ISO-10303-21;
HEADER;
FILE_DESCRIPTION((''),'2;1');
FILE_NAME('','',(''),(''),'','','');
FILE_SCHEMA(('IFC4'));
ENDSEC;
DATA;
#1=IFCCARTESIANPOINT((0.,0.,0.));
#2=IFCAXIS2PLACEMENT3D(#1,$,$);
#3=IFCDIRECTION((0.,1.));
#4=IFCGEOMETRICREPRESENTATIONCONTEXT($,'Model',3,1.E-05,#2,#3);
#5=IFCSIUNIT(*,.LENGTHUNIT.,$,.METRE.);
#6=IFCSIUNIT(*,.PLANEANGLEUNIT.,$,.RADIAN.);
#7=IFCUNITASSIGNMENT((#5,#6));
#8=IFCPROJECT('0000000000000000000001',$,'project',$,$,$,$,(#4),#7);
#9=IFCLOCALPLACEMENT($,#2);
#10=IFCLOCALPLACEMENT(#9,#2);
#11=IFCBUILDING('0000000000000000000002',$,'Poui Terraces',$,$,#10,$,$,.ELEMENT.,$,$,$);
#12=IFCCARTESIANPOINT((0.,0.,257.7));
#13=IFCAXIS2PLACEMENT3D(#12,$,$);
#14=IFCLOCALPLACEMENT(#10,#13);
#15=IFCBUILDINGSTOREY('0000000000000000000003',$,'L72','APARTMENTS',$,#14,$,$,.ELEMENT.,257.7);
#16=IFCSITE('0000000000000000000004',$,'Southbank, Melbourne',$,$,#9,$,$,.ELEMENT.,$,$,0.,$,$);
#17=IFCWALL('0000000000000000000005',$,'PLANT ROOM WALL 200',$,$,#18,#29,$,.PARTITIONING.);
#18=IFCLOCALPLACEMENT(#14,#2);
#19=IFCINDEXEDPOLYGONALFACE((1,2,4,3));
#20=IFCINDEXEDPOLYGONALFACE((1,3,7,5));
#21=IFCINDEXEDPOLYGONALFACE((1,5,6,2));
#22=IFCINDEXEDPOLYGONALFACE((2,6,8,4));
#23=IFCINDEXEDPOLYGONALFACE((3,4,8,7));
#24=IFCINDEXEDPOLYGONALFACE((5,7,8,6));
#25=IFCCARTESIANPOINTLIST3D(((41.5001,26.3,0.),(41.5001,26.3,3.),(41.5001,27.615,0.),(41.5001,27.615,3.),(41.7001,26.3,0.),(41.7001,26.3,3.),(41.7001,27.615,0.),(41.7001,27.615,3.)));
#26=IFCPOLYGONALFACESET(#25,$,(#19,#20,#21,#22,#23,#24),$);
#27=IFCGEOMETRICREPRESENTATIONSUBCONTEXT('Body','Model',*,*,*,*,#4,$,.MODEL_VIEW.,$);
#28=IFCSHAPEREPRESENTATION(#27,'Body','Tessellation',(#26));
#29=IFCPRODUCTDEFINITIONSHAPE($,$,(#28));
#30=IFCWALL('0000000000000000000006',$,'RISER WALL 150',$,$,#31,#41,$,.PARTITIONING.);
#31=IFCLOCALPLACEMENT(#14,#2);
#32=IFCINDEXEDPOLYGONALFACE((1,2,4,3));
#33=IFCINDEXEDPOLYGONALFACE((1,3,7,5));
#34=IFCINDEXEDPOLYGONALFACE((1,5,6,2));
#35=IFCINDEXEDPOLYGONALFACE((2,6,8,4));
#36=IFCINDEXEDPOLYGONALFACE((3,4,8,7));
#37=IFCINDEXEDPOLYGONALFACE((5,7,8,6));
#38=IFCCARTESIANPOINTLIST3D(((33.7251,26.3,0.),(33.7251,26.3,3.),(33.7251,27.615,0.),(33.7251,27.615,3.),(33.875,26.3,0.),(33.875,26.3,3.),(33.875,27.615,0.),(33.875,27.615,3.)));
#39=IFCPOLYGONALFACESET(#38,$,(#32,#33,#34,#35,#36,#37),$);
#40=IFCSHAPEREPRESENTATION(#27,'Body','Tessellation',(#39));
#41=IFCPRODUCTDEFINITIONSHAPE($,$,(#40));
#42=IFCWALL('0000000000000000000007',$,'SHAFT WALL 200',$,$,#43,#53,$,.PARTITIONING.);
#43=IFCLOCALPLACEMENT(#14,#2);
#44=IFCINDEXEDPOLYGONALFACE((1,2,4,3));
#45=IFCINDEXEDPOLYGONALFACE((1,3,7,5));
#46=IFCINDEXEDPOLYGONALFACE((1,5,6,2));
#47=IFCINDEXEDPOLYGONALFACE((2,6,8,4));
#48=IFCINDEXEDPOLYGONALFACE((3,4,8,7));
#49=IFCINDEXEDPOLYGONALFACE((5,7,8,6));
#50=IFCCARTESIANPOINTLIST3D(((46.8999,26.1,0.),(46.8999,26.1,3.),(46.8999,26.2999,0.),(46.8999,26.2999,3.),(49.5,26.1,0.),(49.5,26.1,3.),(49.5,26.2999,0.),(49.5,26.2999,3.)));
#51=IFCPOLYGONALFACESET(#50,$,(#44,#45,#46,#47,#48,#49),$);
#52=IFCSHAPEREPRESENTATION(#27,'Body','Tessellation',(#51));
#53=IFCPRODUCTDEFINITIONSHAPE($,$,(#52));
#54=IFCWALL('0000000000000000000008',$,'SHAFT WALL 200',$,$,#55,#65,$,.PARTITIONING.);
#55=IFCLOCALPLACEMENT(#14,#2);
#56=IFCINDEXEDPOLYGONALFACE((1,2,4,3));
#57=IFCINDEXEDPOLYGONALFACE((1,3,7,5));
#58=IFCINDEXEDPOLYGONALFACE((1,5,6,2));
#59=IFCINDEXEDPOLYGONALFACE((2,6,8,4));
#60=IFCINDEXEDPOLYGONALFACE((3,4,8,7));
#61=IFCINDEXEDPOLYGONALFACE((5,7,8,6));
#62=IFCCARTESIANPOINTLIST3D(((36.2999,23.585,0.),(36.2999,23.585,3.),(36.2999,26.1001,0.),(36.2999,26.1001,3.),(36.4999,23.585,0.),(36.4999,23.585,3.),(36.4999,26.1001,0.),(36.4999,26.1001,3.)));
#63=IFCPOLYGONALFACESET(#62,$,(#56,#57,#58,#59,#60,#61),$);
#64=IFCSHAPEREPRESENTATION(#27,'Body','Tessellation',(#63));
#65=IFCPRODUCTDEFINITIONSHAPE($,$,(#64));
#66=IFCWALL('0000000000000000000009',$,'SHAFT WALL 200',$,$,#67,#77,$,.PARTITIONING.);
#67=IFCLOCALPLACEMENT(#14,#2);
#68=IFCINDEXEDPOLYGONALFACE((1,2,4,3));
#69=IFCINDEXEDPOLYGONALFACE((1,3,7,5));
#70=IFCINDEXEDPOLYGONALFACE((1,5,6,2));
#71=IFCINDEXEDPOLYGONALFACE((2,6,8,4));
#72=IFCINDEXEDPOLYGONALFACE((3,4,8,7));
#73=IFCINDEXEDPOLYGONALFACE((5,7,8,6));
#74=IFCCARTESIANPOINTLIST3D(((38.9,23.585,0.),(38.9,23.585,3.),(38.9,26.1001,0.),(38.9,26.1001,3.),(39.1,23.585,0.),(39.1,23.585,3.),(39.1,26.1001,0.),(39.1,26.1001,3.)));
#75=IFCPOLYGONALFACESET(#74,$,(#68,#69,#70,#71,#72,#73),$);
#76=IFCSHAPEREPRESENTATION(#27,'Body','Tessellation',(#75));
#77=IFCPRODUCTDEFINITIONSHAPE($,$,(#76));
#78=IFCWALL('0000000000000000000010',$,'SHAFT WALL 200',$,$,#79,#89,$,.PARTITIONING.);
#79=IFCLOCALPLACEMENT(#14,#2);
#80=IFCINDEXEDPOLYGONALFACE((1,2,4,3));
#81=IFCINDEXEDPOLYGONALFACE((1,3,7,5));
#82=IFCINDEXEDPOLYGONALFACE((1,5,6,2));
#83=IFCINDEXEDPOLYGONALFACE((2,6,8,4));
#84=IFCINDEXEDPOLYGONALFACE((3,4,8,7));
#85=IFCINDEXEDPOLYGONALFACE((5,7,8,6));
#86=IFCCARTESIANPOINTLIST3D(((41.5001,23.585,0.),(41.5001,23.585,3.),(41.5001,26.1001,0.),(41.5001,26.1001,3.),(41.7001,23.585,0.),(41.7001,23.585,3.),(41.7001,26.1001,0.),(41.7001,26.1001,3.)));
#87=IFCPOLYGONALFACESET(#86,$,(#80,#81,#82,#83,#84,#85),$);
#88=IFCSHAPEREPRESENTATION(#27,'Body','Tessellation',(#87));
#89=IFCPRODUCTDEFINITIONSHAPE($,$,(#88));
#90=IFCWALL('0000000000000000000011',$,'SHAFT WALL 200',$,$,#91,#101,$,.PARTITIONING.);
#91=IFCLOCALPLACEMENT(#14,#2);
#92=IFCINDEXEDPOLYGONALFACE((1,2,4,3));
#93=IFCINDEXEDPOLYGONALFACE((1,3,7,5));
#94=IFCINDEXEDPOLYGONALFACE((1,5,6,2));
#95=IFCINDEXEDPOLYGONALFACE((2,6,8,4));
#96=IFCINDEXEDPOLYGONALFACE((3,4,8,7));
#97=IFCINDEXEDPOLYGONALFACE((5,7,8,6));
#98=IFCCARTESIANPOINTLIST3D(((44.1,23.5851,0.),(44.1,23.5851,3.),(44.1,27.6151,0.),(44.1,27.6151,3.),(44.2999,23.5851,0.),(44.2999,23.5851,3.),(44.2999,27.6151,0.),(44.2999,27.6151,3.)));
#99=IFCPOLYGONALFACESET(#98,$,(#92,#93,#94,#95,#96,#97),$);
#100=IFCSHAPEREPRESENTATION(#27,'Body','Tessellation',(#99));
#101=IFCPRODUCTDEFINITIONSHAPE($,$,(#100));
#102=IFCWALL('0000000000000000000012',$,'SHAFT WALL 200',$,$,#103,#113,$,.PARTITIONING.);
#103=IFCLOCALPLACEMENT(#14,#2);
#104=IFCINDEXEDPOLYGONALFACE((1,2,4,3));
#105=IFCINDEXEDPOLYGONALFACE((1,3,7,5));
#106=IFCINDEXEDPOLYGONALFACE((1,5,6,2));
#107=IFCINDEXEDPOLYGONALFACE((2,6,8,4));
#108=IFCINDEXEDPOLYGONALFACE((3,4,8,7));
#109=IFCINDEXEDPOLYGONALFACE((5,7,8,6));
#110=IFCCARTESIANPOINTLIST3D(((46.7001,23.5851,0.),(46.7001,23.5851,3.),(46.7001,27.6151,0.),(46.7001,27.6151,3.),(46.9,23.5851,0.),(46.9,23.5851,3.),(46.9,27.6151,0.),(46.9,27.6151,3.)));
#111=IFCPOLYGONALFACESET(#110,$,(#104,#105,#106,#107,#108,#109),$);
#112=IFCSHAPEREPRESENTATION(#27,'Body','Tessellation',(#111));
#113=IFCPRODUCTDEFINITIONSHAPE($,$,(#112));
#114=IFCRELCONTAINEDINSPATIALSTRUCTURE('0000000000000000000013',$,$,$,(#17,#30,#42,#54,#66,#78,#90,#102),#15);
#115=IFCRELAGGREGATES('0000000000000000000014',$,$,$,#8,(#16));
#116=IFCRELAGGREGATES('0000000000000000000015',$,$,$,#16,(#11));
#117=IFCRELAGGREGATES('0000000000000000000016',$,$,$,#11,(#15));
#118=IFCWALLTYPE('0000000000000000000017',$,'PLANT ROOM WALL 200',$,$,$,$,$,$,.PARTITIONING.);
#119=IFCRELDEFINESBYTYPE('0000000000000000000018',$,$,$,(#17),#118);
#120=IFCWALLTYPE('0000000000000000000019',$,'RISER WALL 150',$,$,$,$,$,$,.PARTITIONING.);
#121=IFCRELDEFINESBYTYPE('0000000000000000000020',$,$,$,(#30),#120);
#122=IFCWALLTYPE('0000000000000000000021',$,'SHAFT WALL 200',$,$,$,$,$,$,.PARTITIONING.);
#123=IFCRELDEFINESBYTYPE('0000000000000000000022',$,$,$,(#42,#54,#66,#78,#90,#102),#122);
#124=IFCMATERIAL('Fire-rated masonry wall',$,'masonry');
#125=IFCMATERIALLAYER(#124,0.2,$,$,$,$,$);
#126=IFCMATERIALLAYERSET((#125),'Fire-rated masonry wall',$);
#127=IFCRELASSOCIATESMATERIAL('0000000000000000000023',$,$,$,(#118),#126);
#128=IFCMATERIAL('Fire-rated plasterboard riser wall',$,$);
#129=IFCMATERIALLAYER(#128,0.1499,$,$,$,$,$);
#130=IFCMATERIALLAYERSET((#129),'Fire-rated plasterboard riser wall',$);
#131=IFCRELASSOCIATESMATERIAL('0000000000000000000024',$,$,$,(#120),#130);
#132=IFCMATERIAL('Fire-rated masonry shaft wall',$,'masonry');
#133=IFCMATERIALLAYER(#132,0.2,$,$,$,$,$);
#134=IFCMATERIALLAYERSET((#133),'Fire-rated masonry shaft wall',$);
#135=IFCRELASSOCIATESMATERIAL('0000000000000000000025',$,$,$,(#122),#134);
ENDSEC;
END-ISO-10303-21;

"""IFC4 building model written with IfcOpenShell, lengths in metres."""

from ifc_helpers import new_model, si_unit, direction, frame, frame_2d, origin, place, context, subcontext, project, spatial, rectangle, extrude, material, layer, layer_set, type_object, element, save


model = new_model("IFC4")

# Units and contexts
model_context = context("Model", 3, precision=1e-05, world=origin(), true_north=direction((0.0, 1.0)))
body_context = subcontext(model_context, "Body", "Model", "MODEL_VIEW")
ifc_project = project(units=[si_unit("LENGTHUNIT", "METRE"), si_unit("PLANEANGLEUNIT", "RADIAN")], contexts=[model_context])

# Site, building, storey
site_placement = place(None, origin())
site = spatial("IfcSite", under=ifc_project, at=site_placement, Name="Southbank, Melbourne", CompositionType="ELEMENT", RefElevation=0.0)
building_placement = place(site_placement, origin())
building = spatial("IfcBuilding", under=site, at=building_placement, Name="Poui Terraces", CompositionType="ELEMENT")
storey_placement = place(building_placement, frame((0.0, 0.0, 257.7)))
storey = spatial("IfcBuildingStorey", under=building, at=storey_placement, Name="L72", Description="APARTMENTS", CompositionType="ELEMENT", Elevation=257.7)

# Walls
ifc_material_1 = material(Name="Fire-rated masonry wall", Category="masonry")
ifc_layer_1 = layer(ifc_material_1, 0.2)
ifc_layer_set_1 = layer_set([ifc_layer_1], Name="Fire-rated masonry wall")
wall_type_1 = type_object("IfcWallType", Name="PLANT ROOM WALL 200", PredefinedType="PARTITIONING", material=ifc_layer_set_1)
wall_1_placement = place(storey_placement, frame((41.6001, 26.3, 0.0), z_axis=(0.0, 0.0, 1.0), x_axis=(0.0, 1.0, 0.0)))
element("IfcWall", 1, at=wall_1_placement, inside=storey, type_object=wall_type_1, Name="PLANT ROOM WALL 200", PredefinedType="PARTITIONING", context=body_context, shape_type="SweptSolid", body=[
    extrude(rectangle(XDim=1.3149, YDim=0.2, at=frame_2d((0.6575, 0.0))), origin(), (0.0, 0.0, 1.0), 3.0),
])
ifc_material_2 = material(Name="Fire-rated plasterboard riser wall")
ifc_layer_2 = layer(ifc_material_2, 0.1499)
ifc_layer_set_2 = layer_set([ifc_layer_2], Name="Fire-rated plasterboard riser wall")
wall_type_2 = type_object("IfcWallType", Name="RISER WALL 150", PredefinedType="PARTITIONING", material=ifc_layer_set_2)
wall_2_placement = place(storey_placement, frame((33.8, 26.3, 0.0), z_axis=(0.0, 0.0, 1.0), x_axis=(0.0, 1.0, 0.0)))
element("IfcWall", 2, at=wall_2_placement, inside=storey, type_object=wall_type_2, Name="RISER WALL 150", PredefinedType="PARTITIONING", context=body_context, shape_type="SweptSolid", body=[
    extrude(rectangle(XDim=1.3149, YDim=0.1499, at=frame_2d((0.6575, 0.0))), origin(), (0.0, 0.0, 1.0), 3.0),
])
ifc_material_3 = material(Name="Fire-rated masonry shaft wall", Category="masonry")
ifc_layer_3 = layer(ifc_material_3, 0.2)
ifc_layer_set_3 = layer_set([ifc_layer_3], Name="Fire-rated masonry shaft wall")
wall_type_3 = type_object("IfcWallType", Name="SHAFT WALL 200", PredefinedType="PARTITIONING", material=ifc_layer_set_3)
wall_3_placement = place(storey_placement, frame((46.8999, 26.2, 0.0), z_axis=(0.0, 0.0, 1.0), x_axis=(1.0, 0.0, 0.0)))
element("IfcWall", 3, at=wall_3_placement, inside=storey, type_object=wall_type_3, Name="SHAFT WALL 200", PredefinedType="PARTITIONING", context=body_context, shape_type="SweptSolid", body=[
    extrude(rectangle(XDim=2.6001, YDim=0.2, at=frame_2d((1.3, 0.0))), origin(), (0.0, 0.0, 1.0), 3.0),
])
for number, where, z_axis, x_axis, name in (
    (4, (36.3999, 23.585, 0.0), (0.0, 0.0, 1.0), (0.0, 1.0, 0.0), "SHAFT WALL 200"),
    (5, (39.0, 23.585, 0.0), (0.0, 0.0, 1.0), (0.0, 1.0, 0.0), "SHAFT WALL 200"),
    (6, (41.6001, 23.585, 0.0), (0.0, 0.0, 1.0), (0.0, 1.0, 0.0), "SHAFT WALL 200"),
):
    element("IfcWall", number, at=place(storey_placement, frame(where, z_axis=z_axis, x_axis=x_axis)), inside=storey, type_object=wall_type_3, Name=name, PredefinedType="PARTITIONING", context=body_context, shape_type="SweptSolid", body=[
        extrude(rectangle(XDim=2.5151, YDim=0.2, at=frame_2d((1.2576, 0.0))), origin(), (0.0, 0.0, 1.0), 3.0),
    ])
for number, where, z_axis, x_axis, name in (
    (7, (44.2, 23.585, 0.0), (0.0, 0.0, 1.0), (0.0, 1.0, 0.0), "SHAFT WALL 200"),
    (8, (46.8, 23.585, 0.0), (0.0, 0.0, 1.0), (0.0, 1.0, 0.0), "SHAFT WALL 200"),
):
    element("IfcWall", number, at=place(storey_placement, frame(where, z_axis=z_axis, x_axis=x_axis)), inside=storey, type_object=wall_type_3, Name=name, PredefinedType="PARTITIONING", context=body_context, shape_type="SweptSolid", body=[
        extrude(rectangle(XDim=4.03, YDim=0.2, at=frame_2d((2.0151, 0.0))), origin(), (0.0, 0.0, 1.0), 3.0),
    ])

save(model, "model.ifc")
